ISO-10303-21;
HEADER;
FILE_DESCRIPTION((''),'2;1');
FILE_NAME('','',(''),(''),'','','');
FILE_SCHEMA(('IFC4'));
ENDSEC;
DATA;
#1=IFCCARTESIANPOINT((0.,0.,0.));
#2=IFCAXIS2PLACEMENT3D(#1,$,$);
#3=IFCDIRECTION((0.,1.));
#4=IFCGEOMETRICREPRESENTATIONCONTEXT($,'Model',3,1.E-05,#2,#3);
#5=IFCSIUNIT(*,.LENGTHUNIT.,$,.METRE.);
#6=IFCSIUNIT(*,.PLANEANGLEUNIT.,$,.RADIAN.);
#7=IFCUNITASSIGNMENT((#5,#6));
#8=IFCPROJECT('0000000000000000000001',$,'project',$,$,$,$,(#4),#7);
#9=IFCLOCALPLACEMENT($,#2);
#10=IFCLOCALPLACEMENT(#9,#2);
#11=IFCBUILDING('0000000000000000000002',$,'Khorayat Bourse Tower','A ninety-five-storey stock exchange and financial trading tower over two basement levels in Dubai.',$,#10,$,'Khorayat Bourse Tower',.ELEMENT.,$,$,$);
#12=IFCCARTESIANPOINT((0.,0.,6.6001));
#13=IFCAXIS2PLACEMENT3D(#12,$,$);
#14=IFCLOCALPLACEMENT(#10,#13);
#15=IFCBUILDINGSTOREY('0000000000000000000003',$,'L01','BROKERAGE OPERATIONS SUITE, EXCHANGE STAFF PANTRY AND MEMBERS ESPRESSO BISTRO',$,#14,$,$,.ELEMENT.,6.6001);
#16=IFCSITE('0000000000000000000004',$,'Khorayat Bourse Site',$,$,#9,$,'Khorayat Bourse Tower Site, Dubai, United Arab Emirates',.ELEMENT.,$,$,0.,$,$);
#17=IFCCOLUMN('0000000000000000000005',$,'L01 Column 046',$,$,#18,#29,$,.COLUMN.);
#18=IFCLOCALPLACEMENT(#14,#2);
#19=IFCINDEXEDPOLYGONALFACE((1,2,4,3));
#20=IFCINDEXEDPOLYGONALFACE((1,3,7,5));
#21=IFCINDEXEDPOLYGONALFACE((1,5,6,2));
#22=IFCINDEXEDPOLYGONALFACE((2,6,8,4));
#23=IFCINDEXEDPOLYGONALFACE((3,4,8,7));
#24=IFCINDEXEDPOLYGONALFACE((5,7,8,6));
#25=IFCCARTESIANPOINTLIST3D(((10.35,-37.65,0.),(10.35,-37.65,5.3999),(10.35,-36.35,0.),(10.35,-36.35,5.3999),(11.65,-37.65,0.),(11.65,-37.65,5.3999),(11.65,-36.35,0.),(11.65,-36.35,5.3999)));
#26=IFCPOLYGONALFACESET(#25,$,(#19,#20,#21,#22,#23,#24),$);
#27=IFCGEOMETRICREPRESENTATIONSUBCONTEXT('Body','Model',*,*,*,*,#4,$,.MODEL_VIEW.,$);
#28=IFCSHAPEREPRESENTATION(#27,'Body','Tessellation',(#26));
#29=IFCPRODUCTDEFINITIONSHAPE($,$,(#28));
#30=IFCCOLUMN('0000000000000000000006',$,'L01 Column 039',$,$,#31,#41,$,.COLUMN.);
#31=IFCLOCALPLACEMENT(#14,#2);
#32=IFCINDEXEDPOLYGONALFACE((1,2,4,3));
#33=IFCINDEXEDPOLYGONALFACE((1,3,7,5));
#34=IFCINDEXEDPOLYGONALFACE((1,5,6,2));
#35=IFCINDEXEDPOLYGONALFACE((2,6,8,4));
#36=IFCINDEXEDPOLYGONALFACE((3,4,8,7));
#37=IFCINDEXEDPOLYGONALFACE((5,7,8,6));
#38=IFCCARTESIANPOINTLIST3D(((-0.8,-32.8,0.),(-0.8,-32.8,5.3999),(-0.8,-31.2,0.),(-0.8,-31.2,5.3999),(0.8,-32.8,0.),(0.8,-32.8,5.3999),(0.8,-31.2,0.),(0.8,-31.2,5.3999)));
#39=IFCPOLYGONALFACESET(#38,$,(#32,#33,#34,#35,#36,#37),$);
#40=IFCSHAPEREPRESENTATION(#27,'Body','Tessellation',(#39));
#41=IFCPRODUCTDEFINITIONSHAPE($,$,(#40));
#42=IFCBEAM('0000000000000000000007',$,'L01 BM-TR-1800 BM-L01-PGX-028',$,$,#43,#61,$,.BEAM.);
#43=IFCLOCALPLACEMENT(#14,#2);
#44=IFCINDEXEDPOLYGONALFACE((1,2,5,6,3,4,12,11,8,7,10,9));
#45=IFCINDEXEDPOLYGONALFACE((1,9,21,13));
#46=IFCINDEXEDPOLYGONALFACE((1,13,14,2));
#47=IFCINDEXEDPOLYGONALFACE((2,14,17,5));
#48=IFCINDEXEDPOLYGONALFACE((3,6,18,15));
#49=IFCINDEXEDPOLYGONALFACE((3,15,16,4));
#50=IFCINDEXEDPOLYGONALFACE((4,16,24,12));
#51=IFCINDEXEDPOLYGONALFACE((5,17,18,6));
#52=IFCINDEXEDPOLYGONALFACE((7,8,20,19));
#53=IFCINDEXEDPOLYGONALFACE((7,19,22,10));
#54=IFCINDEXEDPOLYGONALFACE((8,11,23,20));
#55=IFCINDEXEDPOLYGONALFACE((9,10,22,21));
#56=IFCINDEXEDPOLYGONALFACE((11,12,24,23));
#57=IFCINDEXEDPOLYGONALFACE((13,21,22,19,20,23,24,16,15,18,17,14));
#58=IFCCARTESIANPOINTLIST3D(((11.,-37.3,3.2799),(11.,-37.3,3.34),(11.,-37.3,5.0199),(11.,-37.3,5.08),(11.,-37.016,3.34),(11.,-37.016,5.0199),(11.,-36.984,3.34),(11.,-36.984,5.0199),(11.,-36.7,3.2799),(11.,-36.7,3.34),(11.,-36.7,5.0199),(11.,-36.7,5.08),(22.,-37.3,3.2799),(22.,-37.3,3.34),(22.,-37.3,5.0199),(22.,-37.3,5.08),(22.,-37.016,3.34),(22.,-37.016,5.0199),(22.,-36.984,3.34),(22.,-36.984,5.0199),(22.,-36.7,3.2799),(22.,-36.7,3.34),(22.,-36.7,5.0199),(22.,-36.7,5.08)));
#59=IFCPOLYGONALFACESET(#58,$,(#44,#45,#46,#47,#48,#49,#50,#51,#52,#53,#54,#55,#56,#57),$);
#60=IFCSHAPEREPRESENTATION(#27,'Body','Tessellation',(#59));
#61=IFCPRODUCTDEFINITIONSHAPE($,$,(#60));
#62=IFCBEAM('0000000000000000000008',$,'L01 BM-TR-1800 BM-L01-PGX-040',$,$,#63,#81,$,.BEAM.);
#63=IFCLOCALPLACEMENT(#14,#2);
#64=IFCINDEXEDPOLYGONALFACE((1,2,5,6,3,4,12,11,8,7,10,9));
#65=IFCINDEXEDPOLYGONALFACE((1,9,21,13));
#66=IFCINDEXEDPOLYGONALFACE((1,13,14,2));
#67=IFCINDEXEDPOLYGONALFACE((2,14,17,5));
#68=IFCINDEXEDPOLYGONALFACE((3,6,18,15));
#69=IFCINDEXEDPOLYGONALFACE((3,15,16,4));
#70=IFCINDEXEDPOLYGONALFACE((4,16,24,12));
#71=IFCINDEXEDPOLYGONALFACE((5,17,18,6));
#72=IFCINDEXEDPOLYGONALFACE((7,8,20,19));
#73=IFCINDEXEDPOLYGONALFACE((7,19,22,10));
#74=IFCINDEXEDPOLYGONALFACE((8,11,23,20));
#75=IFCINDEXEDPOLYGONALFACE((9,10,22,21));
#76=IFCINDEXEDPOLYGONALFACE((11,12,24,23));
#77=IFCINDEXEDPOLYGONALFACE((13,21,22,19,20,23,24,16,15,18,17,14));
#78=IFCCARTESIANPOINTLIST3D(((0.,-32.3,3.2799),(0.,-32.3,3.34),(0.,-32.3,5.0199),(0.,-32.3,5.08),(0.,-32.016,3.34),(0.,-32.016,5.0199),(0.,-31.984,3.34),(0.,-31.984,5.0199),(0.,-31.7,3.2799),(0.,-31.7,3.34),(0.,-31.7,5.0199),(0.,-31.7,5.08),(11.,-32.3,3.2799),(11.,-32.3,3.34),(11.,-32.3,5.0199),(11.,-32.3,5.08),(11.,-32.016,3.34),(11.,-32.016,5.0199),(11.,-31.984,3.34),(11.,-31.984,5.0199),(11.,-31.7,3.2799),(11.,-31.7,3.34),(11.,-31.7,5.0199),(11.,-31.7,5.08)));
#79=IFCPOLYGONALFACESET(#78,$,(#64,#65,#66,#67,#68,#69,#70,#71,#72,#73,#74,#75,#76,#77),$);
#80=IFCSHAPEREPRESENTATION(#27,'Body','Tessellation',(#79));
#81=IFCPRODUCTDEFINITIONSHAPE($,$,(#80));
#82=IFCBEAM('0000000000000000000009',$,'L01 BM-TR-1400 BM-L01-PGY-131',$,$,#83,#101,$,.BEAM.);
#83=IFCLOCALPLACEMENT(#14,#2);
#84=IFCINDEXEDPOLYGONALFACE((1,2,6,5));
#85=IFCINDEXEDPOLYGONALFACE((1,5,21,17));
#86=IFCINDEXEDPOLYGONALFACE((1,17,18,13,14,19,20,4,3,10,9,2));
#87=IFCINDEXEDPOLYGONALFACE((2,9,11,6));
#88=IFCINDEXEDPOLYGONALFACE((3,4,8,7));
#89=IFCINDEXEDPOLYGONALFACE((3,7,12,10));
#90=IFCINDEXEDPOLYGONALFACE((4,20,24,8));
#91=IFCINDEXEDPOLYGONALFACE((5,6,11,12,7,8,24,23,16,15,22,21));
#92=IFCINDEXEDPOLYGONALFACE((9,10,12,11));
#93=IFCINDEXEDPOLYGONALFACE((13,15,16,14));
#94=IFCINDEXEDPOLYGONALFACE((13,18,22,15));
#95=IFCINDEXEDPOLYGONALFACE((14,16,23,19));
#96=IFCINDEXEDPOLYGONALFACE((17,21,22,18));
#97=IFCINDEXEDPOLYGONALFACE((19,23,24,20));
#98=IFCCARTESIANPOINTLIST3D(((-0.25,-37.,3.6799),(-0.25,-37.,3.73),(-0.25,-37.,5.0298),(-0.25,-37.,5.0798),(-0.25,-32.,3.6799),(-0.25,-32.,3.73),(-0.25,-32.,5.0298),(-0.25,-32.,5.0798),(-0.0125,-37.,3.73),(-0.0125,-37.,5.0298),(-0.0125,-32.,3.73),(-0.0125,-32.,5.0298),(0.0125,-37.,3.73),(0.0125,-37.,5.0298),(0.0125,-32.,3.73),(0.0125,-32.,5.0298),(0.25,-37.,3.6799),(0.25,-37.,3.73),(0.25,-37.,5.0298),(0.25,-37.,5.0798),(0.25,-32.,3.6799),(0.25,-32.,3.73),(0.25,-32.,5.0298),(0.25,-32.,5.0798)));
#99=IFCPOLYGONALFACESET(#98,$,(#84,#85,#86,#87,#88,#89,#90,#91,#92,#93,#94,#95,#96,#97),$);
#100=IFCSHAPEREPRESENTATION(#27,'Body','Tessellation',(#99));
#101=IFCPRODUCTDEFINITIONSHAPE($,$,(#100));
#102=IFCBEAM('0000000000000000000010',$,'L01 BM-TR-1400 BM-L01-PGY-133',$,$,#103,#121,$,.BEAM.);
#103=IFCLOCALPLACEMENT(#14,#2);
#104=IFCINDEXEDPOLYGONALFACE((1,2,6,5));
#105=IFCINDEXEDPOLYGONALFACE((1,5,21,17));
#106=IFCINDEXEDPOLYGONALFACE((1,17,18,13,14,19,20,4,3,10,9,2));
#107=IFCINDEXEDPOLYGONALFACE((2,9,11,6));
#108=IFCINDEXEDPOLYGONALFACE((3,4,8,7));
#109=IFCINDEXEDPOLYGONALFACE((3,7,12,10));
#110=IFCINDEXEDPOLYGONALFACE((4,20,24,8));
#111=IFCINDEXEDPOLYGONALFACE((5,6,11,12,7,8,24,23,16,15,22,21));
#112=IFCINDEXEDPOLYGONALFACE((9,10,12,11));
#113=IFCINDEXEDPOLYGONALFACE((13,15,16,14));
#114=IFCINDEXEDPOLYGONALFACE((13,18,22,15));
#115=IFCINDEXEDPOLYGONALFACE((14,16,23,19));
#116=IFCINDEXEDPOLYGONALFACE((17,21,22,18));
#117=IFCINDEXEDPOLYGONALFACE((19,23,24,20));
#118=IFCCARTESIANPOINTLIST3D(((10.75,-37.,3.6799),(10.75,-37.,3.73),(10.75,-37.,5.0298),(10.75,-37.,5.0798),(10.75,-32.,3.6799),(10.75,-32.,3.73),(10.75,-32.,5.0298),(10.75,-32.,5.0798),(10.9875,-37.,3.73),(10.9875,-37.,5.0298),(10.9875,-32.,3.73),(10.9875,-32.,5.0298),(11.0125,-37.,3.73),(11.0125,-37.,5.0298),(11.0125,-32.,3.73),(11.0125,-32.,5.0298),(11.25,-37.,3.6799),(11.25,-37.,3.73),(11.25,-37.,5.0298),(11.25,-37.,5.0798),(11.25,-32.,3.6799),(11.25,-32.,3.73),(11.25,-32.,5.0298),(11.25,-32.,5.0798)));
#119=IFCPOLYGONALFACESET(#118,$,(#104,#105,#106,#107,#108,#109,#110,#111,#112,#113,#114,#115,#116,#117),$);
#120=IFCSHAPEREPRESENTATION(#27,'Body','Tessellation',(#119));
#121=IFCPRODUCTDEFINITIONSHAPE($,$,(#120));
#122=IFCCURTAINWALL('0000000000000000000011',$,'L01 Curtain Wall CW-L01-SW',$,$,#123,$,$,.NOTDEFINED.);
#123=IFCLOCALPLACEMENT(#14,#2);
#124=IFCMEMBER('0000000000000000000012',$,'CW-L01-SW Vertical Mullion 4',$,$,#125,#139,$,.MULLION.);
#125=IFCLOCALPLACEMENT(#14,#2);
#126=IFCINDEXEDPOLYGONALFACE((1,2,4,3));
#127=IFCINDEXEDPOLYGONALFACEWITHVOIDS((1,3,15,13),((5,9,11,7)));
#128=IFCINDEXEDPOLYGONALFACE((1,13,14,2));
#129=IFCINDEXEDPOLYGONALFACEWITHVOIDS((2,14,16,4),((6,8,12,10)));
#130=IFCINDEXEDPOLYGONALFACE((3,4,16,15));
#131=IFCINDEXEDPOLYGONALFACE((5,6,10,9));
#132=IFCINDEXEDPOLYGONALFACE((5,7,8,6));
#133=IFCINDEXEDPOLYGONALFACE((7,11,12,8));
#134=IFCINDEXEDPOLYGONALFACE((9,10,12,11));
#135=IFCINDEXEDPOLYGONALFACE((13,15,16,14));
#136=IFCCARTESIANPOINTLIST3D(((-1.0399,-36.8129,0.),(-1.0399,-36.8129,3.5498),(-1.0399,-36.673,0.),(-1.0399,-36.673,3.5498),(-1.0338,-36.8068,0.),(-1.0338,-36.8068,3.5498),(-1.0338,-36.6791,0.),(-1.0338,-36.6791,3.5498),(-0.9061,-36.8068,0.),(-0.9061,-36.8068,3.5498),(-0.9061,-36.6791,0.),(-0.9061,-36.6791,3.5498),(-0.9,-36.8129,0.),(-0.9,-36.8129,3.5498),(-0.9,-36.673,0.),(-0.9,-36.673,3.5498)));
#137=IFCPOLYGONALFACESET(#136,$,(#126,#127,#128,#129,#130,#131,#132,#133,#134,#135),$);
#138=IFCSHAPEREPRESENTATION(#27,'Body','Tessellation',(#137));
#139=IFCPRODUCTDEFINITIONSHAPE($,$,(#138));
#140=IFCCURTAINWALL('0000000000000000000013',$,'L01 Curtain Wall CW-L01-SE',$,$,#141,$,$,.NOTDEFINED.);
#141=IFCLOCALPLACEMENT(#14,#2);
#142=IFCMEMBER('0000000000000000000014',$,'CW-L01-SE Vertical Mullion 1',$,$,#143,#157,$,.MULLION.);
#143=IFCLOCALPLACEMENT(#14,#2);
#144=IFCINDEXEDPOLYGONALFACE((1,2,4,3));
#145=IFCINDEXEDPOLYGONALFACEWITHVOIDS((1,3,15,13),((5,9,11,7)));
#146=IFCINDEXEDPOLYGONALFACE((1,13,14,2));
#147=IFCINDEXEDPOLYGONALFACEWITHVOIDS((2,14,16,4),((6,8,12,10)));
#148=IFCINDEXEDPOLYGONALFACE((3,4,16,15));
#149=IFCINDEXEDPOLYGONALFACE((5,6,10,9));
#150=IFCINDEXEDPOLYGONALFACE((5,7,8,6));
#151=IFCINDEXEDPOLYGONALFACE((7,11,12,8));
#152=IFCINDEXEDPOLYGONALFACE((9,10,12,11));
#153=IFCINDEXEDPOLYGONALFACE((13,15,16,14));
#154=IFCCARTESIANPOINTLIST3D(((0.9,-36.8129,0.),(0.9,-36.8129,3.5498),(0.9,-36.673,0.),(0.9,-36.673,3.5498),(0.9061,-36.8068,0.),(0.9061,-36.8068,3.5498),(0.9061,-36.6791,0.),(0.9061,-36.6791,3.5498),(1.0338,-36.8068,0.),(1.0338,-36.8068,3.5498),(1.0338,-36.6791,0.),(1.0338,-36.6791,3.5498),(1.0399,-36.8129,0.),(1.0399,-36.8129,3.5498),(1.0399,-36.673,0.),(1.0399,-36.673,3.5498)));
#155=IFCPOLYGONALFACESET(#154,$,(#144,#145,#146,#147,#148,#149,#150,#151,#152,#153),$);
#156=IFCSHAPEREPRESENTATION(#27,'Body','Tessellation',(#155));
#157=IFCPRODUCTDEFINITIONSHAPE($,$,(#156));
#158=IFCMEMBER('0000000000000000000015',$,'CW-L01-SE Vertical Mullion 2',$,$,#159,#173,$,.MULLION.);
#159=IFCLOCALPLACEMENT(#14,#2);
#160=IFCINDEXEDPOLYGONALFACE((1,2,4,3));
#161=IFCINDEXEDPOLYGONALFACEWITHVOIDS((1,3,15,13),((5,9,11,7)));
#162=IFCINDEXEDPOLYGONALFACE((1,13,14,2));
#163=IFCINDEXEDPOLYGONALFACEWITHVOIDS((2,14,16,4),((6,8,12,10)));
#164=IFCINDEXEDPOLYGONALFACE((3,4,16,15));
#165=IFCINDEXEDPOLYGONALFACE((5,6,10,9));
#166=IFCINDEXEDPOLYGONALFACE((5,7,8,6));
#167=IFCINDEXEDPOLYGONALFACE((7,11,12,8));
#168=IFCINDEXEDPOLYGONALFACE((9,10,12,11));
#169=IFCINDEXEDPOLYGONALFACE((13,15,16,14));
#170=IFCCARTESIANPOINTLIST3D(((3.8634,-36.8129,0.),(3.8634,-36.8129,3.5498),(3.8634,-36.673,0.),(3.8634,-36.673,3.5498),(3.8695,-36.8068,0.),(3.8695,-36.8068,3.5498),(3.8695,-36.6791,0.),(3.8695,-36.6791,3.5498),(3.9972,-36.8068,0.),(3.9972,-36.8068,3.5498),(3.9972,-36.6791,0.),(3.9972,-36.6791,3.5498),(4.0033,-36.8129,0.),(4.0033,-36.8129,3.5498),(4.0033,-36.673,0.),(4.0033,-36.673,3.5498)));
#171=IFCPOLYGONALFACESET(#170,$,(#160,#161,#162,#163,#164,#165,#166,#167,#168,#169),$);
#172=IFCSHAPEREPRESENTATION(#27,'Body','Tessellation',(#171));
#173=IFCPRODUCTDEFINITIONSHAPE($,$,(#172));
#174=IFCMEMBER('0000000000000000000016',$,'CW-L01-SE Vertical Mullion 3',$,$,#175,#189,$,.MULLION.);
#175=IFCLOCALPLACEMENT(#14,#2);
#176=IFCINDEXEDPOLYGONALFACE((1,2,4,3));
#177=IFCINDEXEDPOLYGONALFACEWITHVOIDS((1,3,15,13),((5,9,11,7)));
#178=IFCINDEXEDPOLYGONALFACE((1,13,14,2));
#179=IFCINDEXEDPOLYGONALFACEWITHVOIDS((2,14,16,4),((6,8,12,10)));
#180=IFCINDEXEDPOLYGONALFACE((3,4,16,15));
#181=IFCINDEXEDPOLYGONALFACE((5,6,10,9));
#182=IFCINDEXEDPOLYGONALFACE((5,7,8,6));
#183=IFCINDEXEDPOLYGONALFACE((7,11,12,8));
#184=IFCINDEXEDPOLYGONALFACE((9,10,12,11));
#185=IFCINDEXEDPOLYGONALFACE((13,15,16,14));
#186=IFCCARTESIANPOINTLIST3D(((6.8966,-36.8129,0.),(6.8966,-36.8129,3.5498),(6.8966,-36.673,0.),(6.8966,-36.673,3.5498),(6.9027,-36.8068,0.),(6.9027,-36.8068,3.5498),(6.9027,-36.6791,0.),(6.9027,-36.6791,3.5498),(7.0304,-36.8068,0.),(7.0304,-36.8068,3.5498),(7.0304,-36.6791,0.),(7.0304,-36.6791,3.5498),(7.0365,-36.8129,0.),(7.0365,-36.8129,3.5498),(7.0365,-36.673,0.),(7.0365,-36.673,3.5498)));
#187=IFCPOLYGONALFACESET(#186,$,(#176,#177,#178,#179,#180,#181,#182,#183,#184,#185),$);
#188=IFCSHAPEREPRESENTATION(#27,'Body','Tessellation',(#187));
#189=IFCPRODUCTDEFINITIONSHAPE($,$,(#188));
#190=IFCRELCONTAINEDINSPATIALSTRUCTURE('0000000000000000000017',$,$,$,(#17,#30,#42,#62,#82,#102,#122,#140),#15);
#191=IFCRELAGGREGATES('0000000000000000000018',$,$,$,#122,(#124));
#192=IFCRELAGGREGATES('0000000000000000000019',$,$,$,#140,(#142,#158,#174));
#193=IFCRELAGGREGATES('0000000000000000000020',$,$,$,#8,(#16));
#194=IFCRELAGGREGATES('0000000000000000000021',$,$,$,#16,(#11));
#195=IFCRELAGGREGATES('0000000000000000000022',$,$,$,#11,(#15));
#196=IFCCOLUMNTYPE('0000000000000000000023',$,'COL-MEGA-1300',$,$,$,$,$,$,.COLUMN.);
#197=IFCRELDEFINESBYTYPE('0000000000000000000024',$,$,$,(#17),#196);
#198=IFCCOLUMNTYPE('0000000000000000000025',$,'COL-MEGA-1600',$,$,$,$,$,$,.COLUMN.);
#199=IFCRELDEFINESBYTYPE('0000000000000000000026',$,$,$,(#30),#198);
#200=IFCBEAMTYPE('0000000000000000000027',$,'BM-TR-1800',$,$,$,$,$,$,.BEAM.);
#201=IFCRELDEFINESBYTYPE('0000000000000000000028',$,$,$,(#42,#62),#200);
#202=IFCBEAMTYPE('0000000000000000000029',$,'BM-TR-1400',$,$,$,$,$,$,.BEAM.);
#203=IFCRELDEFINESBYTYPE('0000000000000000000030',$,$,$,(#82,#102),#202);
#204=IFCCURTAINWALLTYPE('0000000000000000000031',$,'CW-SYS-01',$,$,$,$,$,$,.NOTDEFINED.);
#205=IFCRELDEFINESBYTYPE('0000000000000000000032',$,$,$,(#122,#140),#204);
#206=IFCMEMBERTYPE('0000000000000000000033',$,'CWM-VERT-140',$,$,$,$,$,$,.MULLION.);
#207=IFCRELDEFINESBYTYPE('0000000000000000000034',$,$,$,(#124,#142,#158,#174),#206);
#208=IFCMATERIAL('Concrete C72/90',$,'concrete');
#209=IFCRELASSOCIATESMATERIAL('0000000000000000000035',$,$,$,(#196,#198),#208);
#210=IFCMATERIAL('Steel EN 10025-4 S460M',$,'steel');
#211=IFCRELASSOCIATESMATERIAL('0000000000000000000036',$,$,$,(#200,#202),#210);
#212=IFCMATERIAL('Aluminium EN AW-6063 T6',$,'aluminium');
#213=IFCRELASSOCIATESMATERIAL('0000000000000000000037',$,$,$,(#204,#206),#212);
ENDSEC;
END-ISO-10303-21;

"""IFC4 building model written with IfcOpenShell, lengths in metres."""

from ifc_helpers import new_model, si_unit, direction, frame, origin, origin_2d, place, context, subcontext, project, spatial, rectangle, hollow_rectangle, i_section, extrude, source, transform, mapped, material, material_profile, profile_set, type_object, element, aggregate, save


model = new_model("IFC4")

# Units and contexts
model_context = context("Model", 3, precision=1e-05, world=origin(), true_north=direction((0.0, 1.0)))
body_context = subcontext(model_context, "Body", "Model", "MODEL_VIEW")
ifc_project = project(units=[si_unit("LENGTHUNIT", "METRE"), si_unit("PLANEANGLEUNIT", "RADIAN")], contexts=[model_context])

# Site, building, storey
site_placement = place(None, origin())
site = spatial("IfcSite", under=ifc_project, at=site_placement, Name="Khorayat Bourse Site", LongName="Khorayat Bourse Tower Site, Dubai, United Arab Emirates", CompositionType="ELEMENT", RefElevation=0.0)
building_placement = place(site_placement, origin())
building = spatial("IfcBuilding", under=site, at=building_placement, Name="Khorayat Bourse Tower", Description="A ninety-five-storey stock exchange and financial trading tower over two basement levels in Dubai.", LongName="Khorayat Bourse Tower", CompositionType="ELEMENT")
storey_placement = place(building_placement, frame((0.0, 0.0, 6.6001)))
storey = spatial("IfcBuildingStorey", under=building, at=storey_placement, Name="L01", Description="BROKERAGE OPERATIONS SUITE, EXCHANGE STAFF PANTRY AND MEMBERS ESPRESSO BISTRO", CompositionType="ELEMENT", Elevation=6.6001)

# Columns
ifc_material_1 = material(Name="Concrete C72/90", Category="concrete")
ifc_material_profile_1 = material_profile(ifc_material_1, rectangle(XDim=1.3, YDim=1.3, at=origin_2d()), Name="RC 1300x1300")
ifc_profile_set_1 = profile_set([ifc_material_profile_1], Name="Concrete C72/90")
column_type_1 = type_object("IfcColumnType", Name="COL-MEGA-1300", PredefinedType="COLUMN", material=ifc_profile_set_1)
shared_shape_1 = source(origin(), body_context, "Body", "SweptSolid", [
    extrude(rectangle(XDim=1.3, YDim=1.3, at=origin_2d()), origin(), (0.0, 0.0, 1.0), 5.3999),
])
column_1_placement = place(storey_placement, frame((11.0, -37.0, 0.0), z_axis=(0.0, 0.0, 1.0), x_axis=(1.0, 0.0, 0.0)))
element("IfcColumn", 1, at=column_1_placement, inside=storey, type_object=column_type_1, Name="L01 Column 046", PredefinedType="COLUMN", context=body_context, shape_type="MappedRepresentation", body=[
    mapped(shared_shape_1, transform((0.0, 0.0, 0.0), scale=1.0)),
])
ifc_material_profile_2 = material_profile(ifc_material_1, rectangle(XDim=1.6001, YDim=1.6001, at=origin_2d()), Name="RC 1600x1600")
ifc_profile_set_2 = profile_set([ifc_material_profile_2], Name="Concrete C72/90")
column_type_2 = type_object("IfcColumnType", Name="COL-MEGA-1600", PredefinedType="COLUMN", material=ifc_profile_set_2)
shared_shape_2 = source(origin(), body_context, "Body", "SweptSolid", [
    extrude(rectangle(XDim=1.6001, YDim=1.6001, at=origin_2d()), origin(), (0.0, 0.0, 1.0), 5.3999),
])
column_2_placement = place(storey_placement, frame((0.0, -32.0, 0.0), z_axis=(0.0, 0.0, 1.0), x_axis=(1.0, 0.0, 0.0)))
element("IfcColumn", 2, at=column_2_placement, inside=storey, type_object=column_type_2, Name="L01 Column 039", PredefinedType="COLUMN", context=body_context, shape_type="MappedRepresentation", body=[
    mapped(shared_shape_2, transform((0.0, 0.0, 0.0), scale=1.0)),
])

# Beams
ifc_material_2 = material(Name="Steel EN 10025-4 S460M", Category="steel")
ifc_material_profile_3 = material_profile(ifc_material_2, i_section(OverallWidth=0.6001, OverallDepth=1.8, WebThickness=0.032, FlangeThickness=0.0601, at=origin_2d()), Name="PG 1800x600x32x60")
ifc_profile_set_3 = profile_set([ifc_material_profile_3], Name="Steel EN 10025-4 S460M")
beam_type_1 = type_object("IfcBeamType", Name="BM-TR-1800", PredefinedType="BEAM", material=ifc_profile_set_3)
shared_shape_3 = source(origin(), body_context, "Body", "SweptSolid", [
    extrude(i_section(OverallWidth=0.6001, OverallDepth=1.8, WebThickness=0.032, FlangeThickness=0.0601, at=origin_2d()), origin(), (0.0, 0.0, 1.0), 11.0),
])
for number, where, z_axis, x_axis, name in (
    (3, (11.0, -37.0, 4.1799), (1.0, 0.0, 0.0), (0.0, 1.0, 0.0), "L01 BM-TR-1800 BM-L01-PGX-028"),
    (4, (0.0, -32.0, 4.1799), (1.0, 0.0, 0.0), (0.0, 1.0, 0.0), "L01 BM-TR-1800 BM-L01-PGX-040"),
):
    element("IfcBeam", number, at=place(storey_placement, frame(where, z_axis=z_axis, x_axis=x_axis)), inside=storey, type_object=beam_type_1, Name=name, PredefinedType="BEAM", context=body_context, shape_type="MappedRepresentation", body=[
        mapped(shared_shape_3, transform((0.0, 0.0, 0.0), scale=1.0)),
    ])
ifc_material_profile_4 = material_profile(ifc_material_2, i_section(OverallWidth=0.5, OverallDepth=1.3999, WebThickness=0.0249, FlangeThickness=0.05, at=origin_2d()), Name="PG 1400x500x25x50")
ifc_profile_set_4 = profile_set([ifc_material_profile_4], Name="Steel EN 10025-4 S460M")
beam_type_2 = type_object("IfcBeamType", Name="BM-TR-1400", PredefinedType="BEAM", material=ifc_profile_set_4)
shared_shape_4 = source(origin(), body_context, "Body", "SweptSolid", [
    extrude(i_section(OverallWidth=0.5, OverallDepth=1.3999, WebThickness=0.0249, FlangeThickness=0.05, at=origin_2d()), origin(), (0.0, 0.0, 1.0), 5.0),
])
for number, where, z_axis, x_axis, name in (
    (5, (0.0, -37.0, 4.3799), (0.0, 1.0, 0.0), (-1.0, 0.0, 0.0), "L01 BM-TR-1400 BM-L01-PGY-131"),
    (6, (11.0, -37.0, 4.3799), (0.0, 1.0, 0.0), (-1.0, 0.0, 0.0), "L01 BM-TR-1400 BM-L01-PGY-133"),
):
    element("IfcBeam", number, at=place(storey_placement, frame(where, z_axis=z_axis, x_axis=x_axis)), inside=storey, type_object=beam_type_2, Name=name, PredefinedType="BEAM", context=body_context, shape_type="MappedRepresentation", body=[
        mapped(shared_shape_4, transform((0.0, 0.0, 0.0), scale=1.0)),
    ])

# Curtain wall, member
ifc_material_3 = material(Name="Aluminium EN AW-6063 T6", Category="aluminium")
curtain_wall_type = type_object("IfcCurtainWallType", Name="CW-SYS-01", PredefinedType="NOTDEFINED", material=ifc_material_3)
curtain_wall_1_placement = place(storey_placement, origin())
curtain_wall_1 = element("IfcCurtainWall", 7, at=curtain_wall_1_placement, inside=storey, type_object=curtain_wall_type, Name="L01 Curtain Wall CW-L01-SW", PredefinedType="NOTDEFINED")
ifc_material_profile_5 = material_profile(ifc_material_3, hollow_rectangle(XDim=0.1399, YDim=0.1399, WallThickness=0.0061, at=origin_2d()), Name="ALU 140x140x6")
ifc_profile_set_5 = profile_set([ifc_material_profile_5], Name="Aluminium EN AW-6063 T6")
member_type_1 = type_object("IfcMemberType", Name="CWM-VERT-140", PredefinedType="MULLION", material=ifc_profile_set_5)
shared_shape_5 = source(origin(), body_context, "Body", "SweptSolid", [
    extrude(hollow_rectangle(XDim=0.1399, YDim=0.1399, WallThickness=0.0061, at=origin_2d()), origin(), (0.0, 0.0, 1.0), 3.5498),
])
member_1_placement = place(storey_placement, frame((-0.97, -36.7429, 0.0), z_axis=(0.0, 0.0, 1.0), x_axis=(0.0, 1.0, 0.0)))
member_1 = element("IfcMember", 8, at=member_1_placement, type_object=member_type_1, Name="CW-L01-SW Vertical Mullion 4", PredefinedType="MULLION", context=body_context, shape_type="MappedRepresentation", body=[
    mapped(shared_shape_5, transform((0.0, 0.0, 0.0), scale=1.0)),
])
aggregate(curtain_wall_1, [member_1])

# Curtain wall, members
curtain_wall_2_placement = place(storey_placement, origin())
curtain_wall_2 = element("IfcCurtainWall", 9, at=curtain_wall_2_placement, inside=storey, type_object=curtain_wall_type, Name="L01 Curtain Wall CW-L01-SE", PredefinedType="NOTDEFINED")
member_2_placement = place(storey_placement, frame((0.97, -36.7429, 0.0), z_axis=(0.0, 0.0, 1.0), x_axis=(0.0, 1.0, 0.0)))
member_2 = element("IfcMember", 10, at=member_2_placement, type_object=member_type_1, Name="CW-L01-SE Vertical Mullion 1", PredefinedType="MULLION", context=body_context, shape_type="MappedRepresentation", body=[
    mapped(shared_shape_5, transform((0.0, 0.0, 0.0), scale=1.0)),
])
member_3_placement = place(storey_placement, frame((3.9333, -36.7429, 0.0), z_axis=(0.0, 0.0, 1.0), x_axis=(0.0, 1.0, 0.0)))
member_3 = element("IfcMember", 11, at=member_3_placement, type_object=member_type_1, Name="CW-L01-SE Vertical Mullion 2", PredefinedType="MULLION", context=body_context, shape_type="MappedRepresentation", body=[
    mapped(shared_shape_5, transform((0.0, 0.0, 0.0), scale=1.0)),
])
member_4_placement = place(storey_placement, frame((6.9666, -36.7429, 0.0), z_axis=(0.0, 0.0, 1.0), x_axis=(0.0, 1.0, 0.0)))
member_4 = element("IfcMember", 12, at=member_4_placement, type_object=member_type_1, Name="CW-L01-SE Vertical Mullion 3", PredefinedType="MULLION", context=body_context, shape_type="MappedRepresentation", body=[
    mapped(shared_shape_5, transform((0.0, 0.0, 0.0), scale=1.0)),
])
aggregate(curtain_wall_2, [member_2, member_3, member_4])

save(model, "model.ifc")
